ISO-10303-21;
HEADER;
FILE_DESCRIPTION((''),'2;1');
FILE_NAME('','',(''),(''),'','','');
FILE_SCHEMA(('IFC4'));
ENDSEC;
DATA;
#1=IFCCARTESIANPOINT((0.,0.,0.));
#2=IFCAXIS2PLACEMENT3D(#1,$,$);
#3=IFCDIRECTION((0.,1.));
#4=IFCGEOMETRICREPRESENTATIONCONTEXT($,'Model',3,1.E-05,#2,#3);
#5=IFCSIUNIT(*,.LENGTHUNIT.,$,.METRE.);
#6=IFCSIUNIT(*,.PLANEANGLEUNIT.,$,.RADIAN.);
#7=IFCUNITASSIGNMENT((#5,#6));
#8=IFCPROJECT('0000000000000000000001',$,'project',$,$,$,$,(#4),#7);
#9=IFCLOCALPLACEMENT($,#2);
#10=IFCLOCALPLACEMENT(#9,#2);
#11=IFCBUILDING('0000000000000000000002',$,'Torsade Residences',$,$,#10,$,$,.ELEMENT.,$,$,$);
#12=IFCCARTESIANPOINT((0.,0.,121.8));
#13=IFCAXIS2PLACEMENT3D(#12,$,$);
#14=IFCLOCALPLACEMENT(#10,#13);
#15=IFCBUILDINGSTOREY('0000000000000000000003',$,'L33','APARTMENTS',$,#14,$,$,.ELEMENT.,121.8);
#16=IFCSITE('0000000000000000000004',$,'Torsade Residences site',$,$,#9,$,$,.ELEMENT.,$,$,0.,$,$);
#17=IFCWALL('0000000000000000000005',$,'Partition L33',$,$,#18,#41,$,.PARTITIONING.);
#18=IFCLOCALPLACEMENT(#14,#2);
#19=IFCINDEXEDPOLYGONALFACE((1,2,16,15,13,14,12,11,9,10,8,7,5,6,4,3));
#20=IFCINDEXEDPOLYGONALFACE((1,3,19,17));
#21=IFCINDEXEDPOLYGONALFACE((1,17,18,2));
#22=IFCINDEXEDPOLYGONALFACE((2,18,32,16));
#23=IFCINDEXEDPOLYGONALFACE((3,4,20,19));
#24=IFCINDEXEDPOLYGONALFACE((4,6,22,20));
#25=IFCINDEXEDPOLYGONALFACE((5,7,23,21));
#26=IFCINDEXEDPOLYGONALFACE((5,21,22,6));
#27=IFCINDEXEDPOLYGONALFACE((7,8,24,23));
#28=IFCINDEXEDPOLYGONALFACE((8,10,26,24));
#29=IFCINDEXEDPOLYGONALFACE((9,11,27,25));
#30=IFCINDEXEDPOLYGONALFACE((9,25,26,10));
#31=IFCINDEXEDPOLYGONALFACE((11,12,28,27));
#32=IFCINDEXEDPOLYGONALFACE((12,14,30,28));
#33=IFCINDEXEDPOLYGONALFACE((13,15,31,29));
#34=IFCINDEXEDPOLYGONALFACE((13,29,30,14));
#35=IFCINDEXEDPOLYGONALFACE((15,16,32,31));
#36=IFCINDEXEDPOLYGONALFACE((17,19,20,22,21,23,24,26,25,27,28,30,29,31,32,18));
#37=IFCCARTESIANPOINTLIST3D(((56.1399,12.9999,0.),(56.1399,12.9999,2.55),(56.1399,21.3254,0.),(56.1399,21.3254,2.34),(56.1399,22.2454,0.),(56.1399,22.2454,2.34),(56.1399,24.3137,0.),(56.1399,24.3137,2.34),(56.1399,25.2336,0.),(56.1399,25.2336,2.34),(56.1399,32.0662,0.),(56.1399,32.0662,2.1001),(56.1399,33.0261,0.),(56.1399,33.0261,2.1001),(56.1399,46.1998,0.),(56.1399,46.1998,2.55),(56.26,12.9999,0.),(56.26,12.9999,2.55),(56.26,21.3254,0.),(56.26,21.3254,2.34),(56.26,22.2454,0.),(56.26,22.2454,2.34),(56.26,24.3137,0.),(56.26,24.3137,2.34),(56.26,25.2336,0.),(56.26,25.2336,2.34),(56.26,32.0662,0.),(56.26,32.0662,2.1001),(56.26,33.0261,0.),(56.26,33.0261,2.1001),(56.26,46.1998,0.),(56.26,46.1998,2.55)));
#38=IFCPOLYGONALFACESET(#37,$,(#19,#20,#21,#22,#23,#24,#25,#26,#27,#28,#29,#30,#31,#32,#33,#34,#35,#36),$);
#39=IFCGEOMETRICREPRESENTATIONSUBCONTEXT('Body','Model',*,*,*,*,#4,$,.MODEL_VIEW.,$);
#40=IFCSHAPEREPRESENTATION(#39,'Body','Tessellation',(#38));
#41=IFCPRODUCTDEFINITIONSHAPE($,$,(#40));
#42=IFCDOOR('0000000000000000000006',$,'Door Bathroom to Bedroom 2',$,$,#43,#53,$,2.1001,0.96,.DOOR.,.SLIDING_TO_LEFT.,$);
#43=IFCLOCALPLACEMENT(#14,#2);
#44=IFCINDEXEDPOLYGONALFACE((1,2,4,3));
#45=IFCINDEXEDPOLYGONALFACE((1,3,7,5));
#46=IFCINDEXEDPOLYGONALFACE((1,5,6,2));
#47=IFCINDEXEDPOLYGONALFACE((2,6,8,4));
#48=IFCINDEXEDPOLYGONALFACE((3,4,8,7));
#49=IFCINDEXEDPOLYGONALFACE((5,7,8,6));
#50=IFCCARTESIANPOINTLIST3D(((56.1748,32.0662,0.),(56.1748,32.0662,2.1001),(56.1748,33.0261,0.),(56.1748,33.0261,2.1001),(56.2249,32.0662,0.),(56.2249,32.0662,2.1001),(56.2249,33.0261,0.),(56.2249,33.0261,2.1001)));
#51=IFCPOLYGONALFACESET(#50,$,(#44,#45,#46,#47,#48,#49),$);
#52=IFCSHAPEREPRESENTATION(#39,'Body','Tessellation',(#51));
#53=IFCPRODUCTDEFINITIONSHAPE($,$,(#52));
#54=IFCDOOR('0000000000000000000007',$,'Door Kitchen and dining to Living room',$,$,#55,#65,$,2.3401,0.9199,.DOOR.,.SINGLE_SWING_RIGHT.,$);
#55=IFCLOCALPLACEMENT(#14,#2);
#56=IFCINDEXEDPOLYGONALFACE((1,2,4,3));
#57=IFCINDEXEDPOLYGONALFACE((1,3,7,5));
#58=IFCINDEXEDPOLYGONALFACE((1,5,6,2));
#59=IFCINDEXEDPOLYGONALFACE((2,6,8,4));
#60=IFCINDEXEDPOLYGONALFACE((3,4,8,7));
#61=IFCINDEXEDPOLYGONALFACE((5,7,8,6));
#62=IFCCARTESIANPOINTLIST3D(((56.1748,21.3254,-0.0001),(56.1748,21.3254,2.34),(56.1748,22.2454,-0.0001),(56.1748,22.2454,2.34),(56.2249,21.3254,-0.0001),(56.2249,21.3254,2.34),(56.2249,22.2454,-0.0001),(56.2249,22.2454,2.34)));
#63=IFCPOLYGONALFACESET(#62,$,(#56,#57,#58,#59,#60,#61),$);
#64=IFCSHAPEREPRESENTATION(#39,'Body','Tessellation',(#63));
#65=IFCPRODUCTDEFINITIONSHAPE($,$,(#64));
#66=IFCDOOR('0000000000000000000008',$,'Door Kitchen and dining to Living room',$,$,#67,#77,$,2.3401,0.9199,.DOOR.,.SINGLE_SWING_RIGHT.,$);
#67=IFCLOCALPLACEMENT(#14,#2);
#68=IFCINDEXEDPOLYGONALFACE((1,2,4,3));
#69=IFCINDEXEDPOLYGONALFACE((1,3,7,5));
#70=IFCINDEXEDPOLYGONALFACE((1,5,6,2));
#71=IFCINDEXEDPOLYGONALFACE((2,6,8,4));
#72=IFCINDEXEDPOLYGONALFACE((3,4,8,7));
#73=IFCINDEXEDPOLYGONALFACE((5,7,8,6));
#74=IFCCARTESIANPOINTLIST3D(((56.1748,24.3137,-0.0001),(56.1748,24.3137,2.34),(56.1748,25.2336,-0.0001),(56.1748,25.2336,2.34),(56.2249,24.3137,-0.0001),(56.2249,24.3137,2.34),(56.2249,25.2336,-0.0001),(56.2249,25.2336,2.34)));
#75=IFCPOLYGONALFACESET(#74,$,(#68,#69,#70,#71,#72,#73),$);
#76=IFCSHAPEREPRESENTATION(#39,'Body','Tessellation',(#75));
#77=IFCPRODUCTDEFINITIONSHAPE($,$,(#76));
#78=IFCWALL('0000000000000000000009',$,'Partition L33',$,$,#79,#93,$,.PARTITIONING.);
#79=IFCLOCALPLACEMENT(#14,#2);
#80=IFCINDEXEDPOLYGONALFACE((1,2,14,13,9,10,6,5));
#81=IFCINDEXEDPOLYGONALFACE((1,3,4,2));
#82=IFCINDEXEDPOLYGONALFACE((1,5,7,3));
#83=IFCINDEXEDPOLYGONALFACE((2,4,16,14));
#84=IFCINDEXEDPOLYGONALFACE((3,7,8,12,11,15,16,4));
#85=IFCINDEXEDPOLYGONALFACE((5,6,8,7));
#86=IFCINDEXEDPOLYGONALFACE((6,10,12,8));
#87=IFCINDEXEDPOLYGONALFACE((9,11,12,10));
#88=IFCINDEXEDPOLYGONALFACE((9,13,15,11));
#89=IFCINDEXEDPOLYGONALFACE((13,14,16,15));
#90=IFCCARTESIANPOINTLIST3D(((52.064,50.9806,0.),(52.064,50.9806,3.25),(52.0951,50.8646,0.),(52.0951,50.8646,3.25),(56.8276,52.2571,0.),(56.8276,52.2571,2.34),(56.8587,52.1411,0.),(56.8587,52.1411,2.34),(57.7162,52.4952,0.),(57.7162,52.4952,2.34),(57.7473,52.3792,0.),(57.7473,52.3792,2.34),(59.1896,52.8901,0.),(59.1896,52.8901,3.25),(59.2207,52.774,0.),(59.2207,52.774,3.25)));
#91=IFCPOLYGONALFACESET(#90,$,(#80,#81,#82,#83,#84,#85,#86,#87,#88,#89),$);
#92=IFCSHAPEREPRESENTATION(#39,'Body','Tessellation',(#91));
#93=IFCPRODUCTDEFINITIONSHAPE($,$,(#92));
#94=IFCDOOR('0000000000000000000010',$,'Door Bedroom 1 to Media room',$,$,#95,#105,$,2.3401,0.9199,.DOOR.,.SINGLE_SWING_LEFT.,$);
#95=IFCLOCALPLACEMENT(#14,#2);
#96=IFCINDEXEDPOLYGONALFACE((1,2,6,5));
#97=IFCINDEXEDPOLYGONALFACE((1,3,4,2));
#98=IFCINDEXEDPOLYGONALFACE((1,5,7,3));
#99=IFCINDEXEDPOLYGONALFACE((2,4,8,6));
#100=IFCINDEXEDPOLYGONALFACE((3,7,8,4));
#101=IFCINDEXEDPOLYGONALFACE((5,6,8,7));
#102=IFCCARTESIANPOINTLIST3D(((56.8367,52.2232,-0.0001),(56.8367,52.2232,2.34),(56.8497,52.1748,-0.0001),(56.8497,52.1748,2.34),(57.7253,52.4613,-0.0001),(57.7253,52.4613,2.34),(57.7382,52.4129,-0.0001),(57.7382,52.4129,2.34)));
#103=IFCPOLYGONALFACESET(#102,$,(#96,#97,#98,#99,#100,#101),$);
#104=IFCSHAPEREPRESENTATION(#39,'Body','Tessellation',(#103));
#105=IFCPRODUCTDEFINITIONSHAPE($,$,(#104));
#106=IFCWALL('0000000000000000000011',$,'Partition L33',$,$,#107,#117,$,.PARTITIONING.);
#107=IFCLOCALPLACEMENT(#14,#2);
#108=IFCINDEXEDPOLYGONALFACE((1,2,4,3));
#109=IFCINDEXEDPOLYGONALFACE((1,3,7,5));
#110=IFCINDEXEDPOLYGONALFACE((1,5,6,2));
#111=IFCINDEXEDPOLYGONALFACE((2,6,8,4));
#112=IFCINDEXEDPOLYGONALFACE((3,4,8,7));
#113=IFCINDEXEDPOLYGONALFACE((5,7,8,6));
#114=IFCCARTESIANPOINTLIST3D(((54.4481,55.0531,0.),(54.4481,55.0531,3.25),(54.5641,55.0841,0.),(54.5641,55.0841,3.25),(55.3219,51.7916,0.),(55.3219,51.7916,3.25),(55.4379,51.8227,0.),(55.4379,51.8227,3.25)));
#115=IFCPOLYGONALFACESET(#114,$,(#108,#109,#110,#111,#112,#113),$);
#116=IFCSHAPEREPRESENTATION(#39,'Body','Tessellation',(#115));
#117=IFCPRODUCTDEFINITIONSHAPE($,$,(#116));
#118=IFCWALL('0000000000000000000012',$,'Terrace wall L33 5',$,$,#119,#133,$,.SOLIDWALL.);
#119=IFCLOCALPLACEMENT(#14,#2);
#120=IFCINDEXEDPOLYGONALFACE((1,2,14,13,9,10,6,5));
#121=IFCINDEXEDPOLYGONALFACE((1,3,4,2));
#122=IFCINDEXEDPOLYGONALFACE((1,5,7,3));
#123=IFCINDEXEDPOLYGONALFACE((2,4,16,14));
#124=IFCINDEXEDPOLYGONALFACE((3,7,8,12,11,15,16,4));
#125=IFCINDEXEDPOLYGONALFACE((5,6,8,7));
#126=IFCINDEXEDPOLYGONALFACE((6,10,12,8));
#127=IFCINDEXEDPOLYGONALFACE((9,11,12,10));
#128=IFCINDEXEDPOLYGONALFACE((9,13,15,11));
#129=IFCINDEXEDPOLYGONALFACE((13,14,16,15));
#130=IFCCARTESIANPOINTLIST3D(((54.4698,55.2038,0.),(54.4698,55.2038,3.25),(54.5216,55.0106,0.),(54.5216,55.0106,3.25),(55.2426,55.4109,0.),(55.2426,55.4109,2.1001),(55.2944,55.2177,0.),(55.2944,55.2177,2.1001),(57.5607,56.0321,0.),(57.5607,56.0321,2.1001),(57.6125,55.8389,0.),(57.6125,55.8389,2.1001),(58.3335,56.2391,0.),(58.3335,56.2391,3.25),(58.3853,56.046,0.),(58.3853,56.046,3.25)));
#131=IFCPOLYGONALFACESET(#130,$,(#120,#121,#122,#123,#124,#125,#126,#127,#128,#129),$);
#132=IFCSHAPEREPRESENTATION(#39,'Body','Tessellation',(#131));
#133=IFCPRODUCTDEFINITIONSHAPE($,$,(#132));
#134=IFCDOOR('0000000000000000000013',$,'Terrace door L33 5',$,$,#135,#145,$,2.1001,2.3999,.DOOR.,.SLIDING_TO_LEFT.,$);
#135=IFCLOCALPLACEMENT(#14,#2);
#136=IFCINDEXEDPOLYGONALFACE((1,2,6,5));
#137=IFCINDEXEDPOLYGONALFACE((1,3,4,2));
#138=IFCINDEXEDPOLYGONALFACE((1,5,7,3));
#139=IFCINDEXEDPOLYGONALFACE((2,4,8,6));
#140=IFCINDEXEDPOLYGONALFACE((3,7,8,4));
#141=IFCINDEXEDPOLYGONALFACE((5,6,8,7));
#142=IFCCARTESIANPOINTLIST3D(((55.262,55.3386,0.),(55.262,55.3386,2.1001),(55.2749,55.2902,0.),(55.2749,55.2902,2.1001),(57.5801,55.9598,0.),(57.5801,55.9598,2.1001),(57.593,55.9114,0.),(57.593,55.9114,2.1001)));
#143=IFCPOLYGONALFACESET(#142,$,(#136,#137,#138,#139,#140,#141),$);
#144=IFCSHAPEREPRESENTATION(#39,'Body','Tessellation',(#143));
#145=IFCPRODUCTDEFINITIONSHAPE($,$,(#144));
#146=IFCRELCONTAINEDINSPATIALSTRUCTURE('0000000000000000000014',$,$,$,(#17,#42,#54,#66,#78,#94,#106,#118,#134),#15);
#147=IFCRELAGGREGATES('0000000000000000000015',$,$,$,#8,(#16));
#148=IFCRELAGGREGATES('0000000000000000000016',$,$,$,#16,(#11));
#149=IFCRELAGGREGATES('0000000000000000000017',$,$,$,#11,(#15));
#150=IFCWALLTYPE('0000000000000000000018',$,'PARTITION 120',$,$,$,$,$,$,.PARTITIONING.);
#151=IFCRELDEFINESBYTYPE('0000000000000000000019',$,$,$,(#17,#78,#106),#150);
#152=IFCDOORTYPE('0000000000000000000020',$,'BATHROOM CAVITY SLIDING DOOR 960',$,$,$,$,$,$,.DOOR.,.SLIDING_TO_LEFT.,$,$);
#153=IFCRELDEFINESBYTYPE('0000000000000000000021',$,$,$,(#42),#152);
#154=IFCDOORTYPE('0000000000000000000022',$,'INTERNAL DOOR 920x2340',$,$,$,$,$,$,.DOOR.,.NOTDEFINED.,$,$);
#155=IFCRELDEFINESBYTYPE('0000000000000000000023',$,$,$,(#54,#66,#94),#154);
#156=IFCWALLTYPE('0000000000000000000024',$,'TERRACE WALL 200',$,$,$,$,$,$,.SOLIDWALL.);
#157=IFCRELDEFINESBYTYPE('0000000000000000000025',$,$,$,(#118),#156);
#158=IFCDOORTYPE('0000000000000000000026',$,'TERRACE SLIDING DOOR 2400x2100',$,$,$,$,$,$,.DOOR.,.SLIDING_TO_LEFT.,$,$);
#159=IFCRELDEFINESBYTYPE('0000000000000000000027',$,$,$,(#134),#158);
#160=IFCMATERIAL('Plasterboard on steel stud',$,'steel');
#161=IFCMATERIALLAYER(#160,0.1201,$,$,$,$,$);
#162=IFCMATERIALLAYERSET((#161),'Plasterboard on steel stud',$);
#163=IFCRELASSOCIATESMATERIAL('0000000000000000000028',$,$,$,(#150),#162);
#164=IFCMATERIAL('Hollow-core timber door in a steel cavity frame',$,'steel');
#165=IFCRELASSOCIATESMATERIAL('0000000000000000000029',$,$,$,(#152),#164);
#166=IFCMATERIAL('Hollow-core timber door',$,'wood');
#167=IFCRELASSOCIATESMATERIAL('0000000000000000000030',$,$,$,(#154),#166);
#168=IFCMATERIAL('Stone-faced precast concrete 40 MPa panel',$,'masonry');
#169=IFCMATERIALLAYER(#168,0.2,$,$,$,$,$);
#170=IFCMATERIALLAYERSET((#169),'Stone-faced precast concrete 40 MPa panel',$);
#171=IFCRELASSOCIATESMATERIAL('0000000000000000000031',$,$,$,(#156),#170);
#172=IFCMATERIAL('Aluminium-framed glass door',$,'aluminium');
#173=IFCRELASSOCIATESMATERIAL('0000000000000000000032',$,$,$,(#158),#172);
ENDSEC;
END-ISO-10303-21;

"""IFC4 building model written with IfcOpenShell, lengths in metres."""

from ifc_helpers import new_model, si_unit, direction, frame, frame_2d, origin, place, context, subcontext, project, spatial, rectangle, extrude, material, layer, layer_set, type_object, element, fill, save


model = new_model("IFC4")

# Units and contexts
model_context = context("Model", 3, precision=1e-05, world=origin(), true_north=direction((0.0, 1.0)))
body_context = subcontext(model_context, "Body", "Model", "MODEL_VIEW")
ifc_project = project(units=[si_unit("LENGTHUNIT", "METRE"), si_unit("PLANEANGLEUNIT", "RADIAN")], contexts=[model_context])

# Site, building, storey
site_placement = place(None, origin())
site = spatial("IfcSite", under=ifc_project, at=site_placement, Name="Torsade Residences site", CompositionType="ELEMENT", RefElevation=0.0)
building_placement = place(site_placement, origin())
building = spatial("IfcBuilding", under=site, at=building_placement, Name="Torsade Residences", CompositionType="ELEMENT")
storey_placement = place(building_placement, frame((0.0, 0.0, 121.8)))
storey = spatial("IfcBuildingStorey", under=building, at=storey_placement, Name="L33", Description="APARTMENTS", CompositionType="ELEMENT", Elevation=121.8)

# Wall, openings, doors
ifc_material_1 = material(Name="Plasterboard on steel stud", Category="steel")
ifc_layer_1 = layer(ifc_material_1, 0.1201)
ifc_layer_set_1 = layer_set([ifc_layer_1], Name="Plasterboard on steel stud")
wall_type_1 = type_object("IfcWallType", Name="PARTITION 120", PredefinedType="PARTITIONING", material=ifc_layer_set_1)
wall_1_placement = place(storey_placement, frame((56.2, 46.2, 0.0), z_axis=(0.0, 0.0, 1.0), x_axis=(0.0, -1.0, 0.0)))
wall_1 = element("IfcWall", 1, at=wall_1_placement, inside=storey, type_object=wall_type_1, Name="Partition L33", PredefinedType="PARTITIONING", context=body_context, shape_type="SweptSolid", body=[
    extrude(rectangle(XDim=33.2, YDim=0.1201, at=frame_2d((16.6001, 0.0))), origin(), (0.0, 0.0, 1.0), 2.55),
])
opening_1_placement = place(wall_1_placement, frame((23.9546, 0.0, 0.0)))
opening_1 = element("IfcOpeningElement", 2, at=opening_1_placement, cuts=wall_1, PredefinedType="OPENING", context=body_context, shape_type="SweptSolid", body=[
    extrude(rectangle(XDim=0.9199, YDim=2.3401, at=frame_2d((0.46, 1.1699))), frame((0.0, 0.0701, 0.0), z_axis=(0.0, -1.0, 0.0), x_axis=(1.0, 0.0, 0.0)), (0.0, 0.0, 1.0), 0.1401),
])
opening_2_placement = place(wall_1_placement, frame((20.9663, 0.0, 0.0)))
opening_2 = element("IfcOpeningElement", 3, at=opening_2_placement, cuts=wall_1, PredefinedType="OPENING", context=body_context, shape_type="SweptSolid", body=[
    extrude(rectangle(XDim=0.9199, YDim=2.3401, at=frame_2d((0.46, 1.1699))), frame((0.0, 0.0701, 0.0), z_axis=(0.0, -1.0, 0.0), x_axis=(1.0, 0.0, 0.0)), (0.0, 0.0, 1.0), 0.1401),
])
opening_3_placement = place(wall_1_placement, frame((13.1738, 0.0, 0.0)))
opening_3 = element("IfcOpeningElement", 4, at=opening_3_placement, cuts=wall_1, PredefinedType="OPENING", context=body_context, shape_type="SweptSolid", body=[
    extrude(rectangle(XDim=0.96, YDim=2.1001, at=frame_2d((0.48, 1.05))), frame((0.0, 0.0701, 0.0), z_axis=(0.0, -1.0, 0.0), x_axis=(1.0, 0.0, 0.0)), (0.0, 0.0, 1.0), 0.1401),
])
ifc_material_2 = material(Name="Hollow-core timber door in a steel cavity frame", Category="steel")
door_type_1 = type_object("IfcDoorType", Name="BATHROOM CAVITY SLIDING DOOR 960", OperationType="SLIDING_TO_LEFT", PredefinedType="DOOR", material=ifc_material_2)
door_1_placement = place(opening_3_placement, origin())
door_1 = element("IfcDoor", 5, at=door_1_placement, inside=storey, type_object=door_type_1, Name="Door Bathroom to Bedroom 2", OperationType="SLIDING_TO_LEFT", OverallHeight=2.1001, OverallWidth=0.96, PredefinedType="DOOR", context=body_context, shape_type="SweptSolid", body=[
    extrude(rectangle(XDim=0.96, YDim=2.1001, at=frame_2d((0.48, 1.05))), frame((0.0, 0.0249, 0.0), z_axis=(0.0, -1.0, 0.0), x_axis=(1.0, 0.0, 0.0)), (0.0, 0.0, 1.0), 0.05),
])
fill(opening_3, door_1)
ifc_material_3 = material(Name="Hollow-core timber door", Category="wood")
door_type_2 = type_object("IfcDoorType", Name="INTERNAL DOOR 920x2340", OperationType="NOTDEFINED", PredefinedType="DOOR", material=ifc_material_3)
door_2_placement = place(opening_1_placement, origin())
door_2 = element("IfcDoor", 6, at=door_2_placement, inside=storey, type_object=door_type_2, Name="Door Kitchen and dining to Living room", OperationType="SINGLE_SWING_RIGHT", OverallHeight=2.3401, OverallWidth=0.9199, PredefinedType="DOOR", context=body_context, shape_type="SweptSolid", body=[
    extrude(rectangle(XDim=0.9199, YDim=2.3401, at=frame_2d((0.46, 1.1699))), frame((0.0, 0.0249, 0.0), z_axis=(0.0, -1.0, 0.0), x_axis=(1.0, 0.0, 0.0)), (0.0, 0.0, 1.0), 0.05),
])
fill(opening_1, door_2)
door_3_placement = place(opening_2_placement, origin())
door_3 = element("IfcDoor", 7, at=door_3_placement, inside=storey, type_object=door_type_2, Name="Door Kitchen and dining to Living room", OperationType="SINGLE_SWING_RIGHT", OverallHeight=2.3401, OverallWidth=0.9199, PredefinedType="DOOR", context=body_context, shape_type="SweptSolid", body=[
    extrude(rectangle(XDim=0.9199, YDim=2.3401, at=frame_2d((0.46, 1.1699))), frame((0.0, 0.0249, 0.0), z_axis=(0.0, -1.0, 0.0), x_axis=(1.0, 0.0, 0.0)), (0.0, 0.0, 1.0), 0.05),
])
fill(opening_2, door_3)

# Wall, opening, door
wall_2_placement = place(storey_placement, frame((52.0796, 50.9226, 0.0), z_axis=(0.0, 0.0, 1.0), x_axis=(0.965921, 0.258839, 0.0)))
wall_2 = element("IfcWall", 8, at=wall_2_placement, inside=storey, type_object=wall_type_1, Name="Partition L33", PredefinedType="PARTITIONING", context=body_context, shape_type="SweptSolid", body=[
    extrude(rectangle(XDim=7.377, YDim=0.1201, at=frame_2d((3.6885, 0.0))), origin(), (0.0, 0.0, 1.0), 3.25),
])
opening_4_placement = place(wall_2_placement, frame((4.9316, 0.0, 0.0)))
opening_4 = element("IfcOpeningElement", 9, at=opening_4_placement, cuts=wall_2, PredefinedType="OPENING", context=body_context, shape_type="SweptSolid", body=[
    extrude(rectangle(XDim=0.9199, YDim=2.3401, at=frame_2d((0.46, 1.1699))), frame((0.0, 0.0701, 0.0), z_axis=(0.0, -1.0, 0.0), x_axis=(1.0, 0.0, 0.0)), (0.0, 0.0, 1.0), 0.1401),
])
door_4_placement = place(opening_4_placement, origin())
door_4 = element("IfcDoor", 10, at=door_4_placement, inside=storey, type_object=door_type_2, Name="Door Bedroom 1 to Media room", OperationType="SINGLE_SWING_LEFT", OverallHeight=2.3401, OverallWidth=0.9199, PredefinedType="DOOR", context=body_context, shape_type="SweptSolid", body=[
    extrude(rectangle(XDim=0.9199, YDim=2.3401, at=frame_2d((0.46, 1.1699))), frame((0.0, 0.0249, 0.0), z_axis=(0.0, -1.0, 0.0), x_axis=(1.0, 0.0, 0.0)), (0.0, 0.0, 1.0), 0.05),
])
fill(opening_4, door_4)

# Wall
wall_3_placement = place(storey_placement, frame((54.5061, 55.0686, 0.0), z_axis=(0.0, 0.0, 1.0), x_axis=(0.258783, -0.965935, 0.0)))
element("IfcWall", 11, at=wall_3_placement, inside=storey, type_object=wall_type_1, Name="Partition L33", PredefinedType="PARTITIONING", context=body_context, shape_type="SweptSolid", body=[
    extrude(rectangle(XDim=3.3765, YDim=0.1201, at=frame_2d((1.6882, 0.0))), origin(), (0.0, 0.0, 1.0), 3.25),
])

# Wall, opening, door
ifc_material_4 = material(Name="Stone-faced precast concrete 40 MPa panel", Category="masonry")
ifc_layer_2 = layer(ifc_material_4, 0.2)
ifc_layer_set_2 = layer_set([ifc_layer_2], Name="Stone-faced precast concrete 40 MPa panel")
wall_type_2 = type_object("IfcWallType", Name="TERRACE WALL 200", PredefinedType="SOLIDWALL", material=ifc_layer_set_2)
wall_4_placement = place(storey_placement, frame((58.3594, 56.1426, 0.0), z_axis=(0.0, 0.0, 1.0), x_axis=(-0.965919, -0.258844, 0.0)))
wall_4 = element("IfcWall", 12, at=wall_4_placement, inside=storey, type_object=wall_type_2, Name="Terrace wall L33 5", PredefinedType="SOLIDWALL", context=body_context, shape_type="SweptSolid", body=[
    extrude(rectangle(XDim=4.0, YDim=0.2, at=frame_2d((2.0, 0.0))), origin(), (0.0, 0.0, 1.0), 3.25),
])
opening_5_placement = place(wall_4_placement, frame((0.8, 0.0, 0.0)))
opening_5 = element("IfcOpeningElement", 13, at=opening_5_placement, cuts=wall_4, PredefinedType="OPENING", context=body_context, shape_type="SweptSolid", body=[
    extrude(rectangle(XDim=2.3999, YDim=2.1001, at=frame_2d((1.2, 1.05))), frame((0.0, 0.1099, 0.0), z_axis=(0.0, -1.0, 0.0), x_axis=(1.0, 0.0, 0.0)), (0.0, 0.0, 1.0), 0.22),
])
ifc_material_5 = material(Name="Aluminium-framed glass door", Category="aluminium")
door_type_3 = type_object("IfcDoorType", Name="TERRACE SLIDING DOOR 2400x2100", OperationType="SLIDING_TO_LEFT", PredefinedType="DOOR", material=ifc_material_5)
door_5_placement = place(opening_5_placement, origin())
door_5 = element("IfcDoor", 14, at=door_5_placement, inside=storey, type_object=door_type_3, Name="Terrace door L33 5", OperationType="SLIDING_TO_LEFT", OverallHeight=2.1001, OverallWidth=2.3999, PredefinedType="DOOR", context=body_context, shape_type="SweptSolid", body=[
    extrude(rectangle(XDim=2.3999, YDim=2.1001, at=frame_2d((1.2, 1.05))), frame((0.0, 0.0249, 0.0), z_axis=(0.0, -1.0, 0.0), x_axis=(1.0, 0.0, 0.0)), (0.0, 0.0, 1.0), 0.05),
])
fill(opening_5, door_5)

save(model, "model.ifc")
